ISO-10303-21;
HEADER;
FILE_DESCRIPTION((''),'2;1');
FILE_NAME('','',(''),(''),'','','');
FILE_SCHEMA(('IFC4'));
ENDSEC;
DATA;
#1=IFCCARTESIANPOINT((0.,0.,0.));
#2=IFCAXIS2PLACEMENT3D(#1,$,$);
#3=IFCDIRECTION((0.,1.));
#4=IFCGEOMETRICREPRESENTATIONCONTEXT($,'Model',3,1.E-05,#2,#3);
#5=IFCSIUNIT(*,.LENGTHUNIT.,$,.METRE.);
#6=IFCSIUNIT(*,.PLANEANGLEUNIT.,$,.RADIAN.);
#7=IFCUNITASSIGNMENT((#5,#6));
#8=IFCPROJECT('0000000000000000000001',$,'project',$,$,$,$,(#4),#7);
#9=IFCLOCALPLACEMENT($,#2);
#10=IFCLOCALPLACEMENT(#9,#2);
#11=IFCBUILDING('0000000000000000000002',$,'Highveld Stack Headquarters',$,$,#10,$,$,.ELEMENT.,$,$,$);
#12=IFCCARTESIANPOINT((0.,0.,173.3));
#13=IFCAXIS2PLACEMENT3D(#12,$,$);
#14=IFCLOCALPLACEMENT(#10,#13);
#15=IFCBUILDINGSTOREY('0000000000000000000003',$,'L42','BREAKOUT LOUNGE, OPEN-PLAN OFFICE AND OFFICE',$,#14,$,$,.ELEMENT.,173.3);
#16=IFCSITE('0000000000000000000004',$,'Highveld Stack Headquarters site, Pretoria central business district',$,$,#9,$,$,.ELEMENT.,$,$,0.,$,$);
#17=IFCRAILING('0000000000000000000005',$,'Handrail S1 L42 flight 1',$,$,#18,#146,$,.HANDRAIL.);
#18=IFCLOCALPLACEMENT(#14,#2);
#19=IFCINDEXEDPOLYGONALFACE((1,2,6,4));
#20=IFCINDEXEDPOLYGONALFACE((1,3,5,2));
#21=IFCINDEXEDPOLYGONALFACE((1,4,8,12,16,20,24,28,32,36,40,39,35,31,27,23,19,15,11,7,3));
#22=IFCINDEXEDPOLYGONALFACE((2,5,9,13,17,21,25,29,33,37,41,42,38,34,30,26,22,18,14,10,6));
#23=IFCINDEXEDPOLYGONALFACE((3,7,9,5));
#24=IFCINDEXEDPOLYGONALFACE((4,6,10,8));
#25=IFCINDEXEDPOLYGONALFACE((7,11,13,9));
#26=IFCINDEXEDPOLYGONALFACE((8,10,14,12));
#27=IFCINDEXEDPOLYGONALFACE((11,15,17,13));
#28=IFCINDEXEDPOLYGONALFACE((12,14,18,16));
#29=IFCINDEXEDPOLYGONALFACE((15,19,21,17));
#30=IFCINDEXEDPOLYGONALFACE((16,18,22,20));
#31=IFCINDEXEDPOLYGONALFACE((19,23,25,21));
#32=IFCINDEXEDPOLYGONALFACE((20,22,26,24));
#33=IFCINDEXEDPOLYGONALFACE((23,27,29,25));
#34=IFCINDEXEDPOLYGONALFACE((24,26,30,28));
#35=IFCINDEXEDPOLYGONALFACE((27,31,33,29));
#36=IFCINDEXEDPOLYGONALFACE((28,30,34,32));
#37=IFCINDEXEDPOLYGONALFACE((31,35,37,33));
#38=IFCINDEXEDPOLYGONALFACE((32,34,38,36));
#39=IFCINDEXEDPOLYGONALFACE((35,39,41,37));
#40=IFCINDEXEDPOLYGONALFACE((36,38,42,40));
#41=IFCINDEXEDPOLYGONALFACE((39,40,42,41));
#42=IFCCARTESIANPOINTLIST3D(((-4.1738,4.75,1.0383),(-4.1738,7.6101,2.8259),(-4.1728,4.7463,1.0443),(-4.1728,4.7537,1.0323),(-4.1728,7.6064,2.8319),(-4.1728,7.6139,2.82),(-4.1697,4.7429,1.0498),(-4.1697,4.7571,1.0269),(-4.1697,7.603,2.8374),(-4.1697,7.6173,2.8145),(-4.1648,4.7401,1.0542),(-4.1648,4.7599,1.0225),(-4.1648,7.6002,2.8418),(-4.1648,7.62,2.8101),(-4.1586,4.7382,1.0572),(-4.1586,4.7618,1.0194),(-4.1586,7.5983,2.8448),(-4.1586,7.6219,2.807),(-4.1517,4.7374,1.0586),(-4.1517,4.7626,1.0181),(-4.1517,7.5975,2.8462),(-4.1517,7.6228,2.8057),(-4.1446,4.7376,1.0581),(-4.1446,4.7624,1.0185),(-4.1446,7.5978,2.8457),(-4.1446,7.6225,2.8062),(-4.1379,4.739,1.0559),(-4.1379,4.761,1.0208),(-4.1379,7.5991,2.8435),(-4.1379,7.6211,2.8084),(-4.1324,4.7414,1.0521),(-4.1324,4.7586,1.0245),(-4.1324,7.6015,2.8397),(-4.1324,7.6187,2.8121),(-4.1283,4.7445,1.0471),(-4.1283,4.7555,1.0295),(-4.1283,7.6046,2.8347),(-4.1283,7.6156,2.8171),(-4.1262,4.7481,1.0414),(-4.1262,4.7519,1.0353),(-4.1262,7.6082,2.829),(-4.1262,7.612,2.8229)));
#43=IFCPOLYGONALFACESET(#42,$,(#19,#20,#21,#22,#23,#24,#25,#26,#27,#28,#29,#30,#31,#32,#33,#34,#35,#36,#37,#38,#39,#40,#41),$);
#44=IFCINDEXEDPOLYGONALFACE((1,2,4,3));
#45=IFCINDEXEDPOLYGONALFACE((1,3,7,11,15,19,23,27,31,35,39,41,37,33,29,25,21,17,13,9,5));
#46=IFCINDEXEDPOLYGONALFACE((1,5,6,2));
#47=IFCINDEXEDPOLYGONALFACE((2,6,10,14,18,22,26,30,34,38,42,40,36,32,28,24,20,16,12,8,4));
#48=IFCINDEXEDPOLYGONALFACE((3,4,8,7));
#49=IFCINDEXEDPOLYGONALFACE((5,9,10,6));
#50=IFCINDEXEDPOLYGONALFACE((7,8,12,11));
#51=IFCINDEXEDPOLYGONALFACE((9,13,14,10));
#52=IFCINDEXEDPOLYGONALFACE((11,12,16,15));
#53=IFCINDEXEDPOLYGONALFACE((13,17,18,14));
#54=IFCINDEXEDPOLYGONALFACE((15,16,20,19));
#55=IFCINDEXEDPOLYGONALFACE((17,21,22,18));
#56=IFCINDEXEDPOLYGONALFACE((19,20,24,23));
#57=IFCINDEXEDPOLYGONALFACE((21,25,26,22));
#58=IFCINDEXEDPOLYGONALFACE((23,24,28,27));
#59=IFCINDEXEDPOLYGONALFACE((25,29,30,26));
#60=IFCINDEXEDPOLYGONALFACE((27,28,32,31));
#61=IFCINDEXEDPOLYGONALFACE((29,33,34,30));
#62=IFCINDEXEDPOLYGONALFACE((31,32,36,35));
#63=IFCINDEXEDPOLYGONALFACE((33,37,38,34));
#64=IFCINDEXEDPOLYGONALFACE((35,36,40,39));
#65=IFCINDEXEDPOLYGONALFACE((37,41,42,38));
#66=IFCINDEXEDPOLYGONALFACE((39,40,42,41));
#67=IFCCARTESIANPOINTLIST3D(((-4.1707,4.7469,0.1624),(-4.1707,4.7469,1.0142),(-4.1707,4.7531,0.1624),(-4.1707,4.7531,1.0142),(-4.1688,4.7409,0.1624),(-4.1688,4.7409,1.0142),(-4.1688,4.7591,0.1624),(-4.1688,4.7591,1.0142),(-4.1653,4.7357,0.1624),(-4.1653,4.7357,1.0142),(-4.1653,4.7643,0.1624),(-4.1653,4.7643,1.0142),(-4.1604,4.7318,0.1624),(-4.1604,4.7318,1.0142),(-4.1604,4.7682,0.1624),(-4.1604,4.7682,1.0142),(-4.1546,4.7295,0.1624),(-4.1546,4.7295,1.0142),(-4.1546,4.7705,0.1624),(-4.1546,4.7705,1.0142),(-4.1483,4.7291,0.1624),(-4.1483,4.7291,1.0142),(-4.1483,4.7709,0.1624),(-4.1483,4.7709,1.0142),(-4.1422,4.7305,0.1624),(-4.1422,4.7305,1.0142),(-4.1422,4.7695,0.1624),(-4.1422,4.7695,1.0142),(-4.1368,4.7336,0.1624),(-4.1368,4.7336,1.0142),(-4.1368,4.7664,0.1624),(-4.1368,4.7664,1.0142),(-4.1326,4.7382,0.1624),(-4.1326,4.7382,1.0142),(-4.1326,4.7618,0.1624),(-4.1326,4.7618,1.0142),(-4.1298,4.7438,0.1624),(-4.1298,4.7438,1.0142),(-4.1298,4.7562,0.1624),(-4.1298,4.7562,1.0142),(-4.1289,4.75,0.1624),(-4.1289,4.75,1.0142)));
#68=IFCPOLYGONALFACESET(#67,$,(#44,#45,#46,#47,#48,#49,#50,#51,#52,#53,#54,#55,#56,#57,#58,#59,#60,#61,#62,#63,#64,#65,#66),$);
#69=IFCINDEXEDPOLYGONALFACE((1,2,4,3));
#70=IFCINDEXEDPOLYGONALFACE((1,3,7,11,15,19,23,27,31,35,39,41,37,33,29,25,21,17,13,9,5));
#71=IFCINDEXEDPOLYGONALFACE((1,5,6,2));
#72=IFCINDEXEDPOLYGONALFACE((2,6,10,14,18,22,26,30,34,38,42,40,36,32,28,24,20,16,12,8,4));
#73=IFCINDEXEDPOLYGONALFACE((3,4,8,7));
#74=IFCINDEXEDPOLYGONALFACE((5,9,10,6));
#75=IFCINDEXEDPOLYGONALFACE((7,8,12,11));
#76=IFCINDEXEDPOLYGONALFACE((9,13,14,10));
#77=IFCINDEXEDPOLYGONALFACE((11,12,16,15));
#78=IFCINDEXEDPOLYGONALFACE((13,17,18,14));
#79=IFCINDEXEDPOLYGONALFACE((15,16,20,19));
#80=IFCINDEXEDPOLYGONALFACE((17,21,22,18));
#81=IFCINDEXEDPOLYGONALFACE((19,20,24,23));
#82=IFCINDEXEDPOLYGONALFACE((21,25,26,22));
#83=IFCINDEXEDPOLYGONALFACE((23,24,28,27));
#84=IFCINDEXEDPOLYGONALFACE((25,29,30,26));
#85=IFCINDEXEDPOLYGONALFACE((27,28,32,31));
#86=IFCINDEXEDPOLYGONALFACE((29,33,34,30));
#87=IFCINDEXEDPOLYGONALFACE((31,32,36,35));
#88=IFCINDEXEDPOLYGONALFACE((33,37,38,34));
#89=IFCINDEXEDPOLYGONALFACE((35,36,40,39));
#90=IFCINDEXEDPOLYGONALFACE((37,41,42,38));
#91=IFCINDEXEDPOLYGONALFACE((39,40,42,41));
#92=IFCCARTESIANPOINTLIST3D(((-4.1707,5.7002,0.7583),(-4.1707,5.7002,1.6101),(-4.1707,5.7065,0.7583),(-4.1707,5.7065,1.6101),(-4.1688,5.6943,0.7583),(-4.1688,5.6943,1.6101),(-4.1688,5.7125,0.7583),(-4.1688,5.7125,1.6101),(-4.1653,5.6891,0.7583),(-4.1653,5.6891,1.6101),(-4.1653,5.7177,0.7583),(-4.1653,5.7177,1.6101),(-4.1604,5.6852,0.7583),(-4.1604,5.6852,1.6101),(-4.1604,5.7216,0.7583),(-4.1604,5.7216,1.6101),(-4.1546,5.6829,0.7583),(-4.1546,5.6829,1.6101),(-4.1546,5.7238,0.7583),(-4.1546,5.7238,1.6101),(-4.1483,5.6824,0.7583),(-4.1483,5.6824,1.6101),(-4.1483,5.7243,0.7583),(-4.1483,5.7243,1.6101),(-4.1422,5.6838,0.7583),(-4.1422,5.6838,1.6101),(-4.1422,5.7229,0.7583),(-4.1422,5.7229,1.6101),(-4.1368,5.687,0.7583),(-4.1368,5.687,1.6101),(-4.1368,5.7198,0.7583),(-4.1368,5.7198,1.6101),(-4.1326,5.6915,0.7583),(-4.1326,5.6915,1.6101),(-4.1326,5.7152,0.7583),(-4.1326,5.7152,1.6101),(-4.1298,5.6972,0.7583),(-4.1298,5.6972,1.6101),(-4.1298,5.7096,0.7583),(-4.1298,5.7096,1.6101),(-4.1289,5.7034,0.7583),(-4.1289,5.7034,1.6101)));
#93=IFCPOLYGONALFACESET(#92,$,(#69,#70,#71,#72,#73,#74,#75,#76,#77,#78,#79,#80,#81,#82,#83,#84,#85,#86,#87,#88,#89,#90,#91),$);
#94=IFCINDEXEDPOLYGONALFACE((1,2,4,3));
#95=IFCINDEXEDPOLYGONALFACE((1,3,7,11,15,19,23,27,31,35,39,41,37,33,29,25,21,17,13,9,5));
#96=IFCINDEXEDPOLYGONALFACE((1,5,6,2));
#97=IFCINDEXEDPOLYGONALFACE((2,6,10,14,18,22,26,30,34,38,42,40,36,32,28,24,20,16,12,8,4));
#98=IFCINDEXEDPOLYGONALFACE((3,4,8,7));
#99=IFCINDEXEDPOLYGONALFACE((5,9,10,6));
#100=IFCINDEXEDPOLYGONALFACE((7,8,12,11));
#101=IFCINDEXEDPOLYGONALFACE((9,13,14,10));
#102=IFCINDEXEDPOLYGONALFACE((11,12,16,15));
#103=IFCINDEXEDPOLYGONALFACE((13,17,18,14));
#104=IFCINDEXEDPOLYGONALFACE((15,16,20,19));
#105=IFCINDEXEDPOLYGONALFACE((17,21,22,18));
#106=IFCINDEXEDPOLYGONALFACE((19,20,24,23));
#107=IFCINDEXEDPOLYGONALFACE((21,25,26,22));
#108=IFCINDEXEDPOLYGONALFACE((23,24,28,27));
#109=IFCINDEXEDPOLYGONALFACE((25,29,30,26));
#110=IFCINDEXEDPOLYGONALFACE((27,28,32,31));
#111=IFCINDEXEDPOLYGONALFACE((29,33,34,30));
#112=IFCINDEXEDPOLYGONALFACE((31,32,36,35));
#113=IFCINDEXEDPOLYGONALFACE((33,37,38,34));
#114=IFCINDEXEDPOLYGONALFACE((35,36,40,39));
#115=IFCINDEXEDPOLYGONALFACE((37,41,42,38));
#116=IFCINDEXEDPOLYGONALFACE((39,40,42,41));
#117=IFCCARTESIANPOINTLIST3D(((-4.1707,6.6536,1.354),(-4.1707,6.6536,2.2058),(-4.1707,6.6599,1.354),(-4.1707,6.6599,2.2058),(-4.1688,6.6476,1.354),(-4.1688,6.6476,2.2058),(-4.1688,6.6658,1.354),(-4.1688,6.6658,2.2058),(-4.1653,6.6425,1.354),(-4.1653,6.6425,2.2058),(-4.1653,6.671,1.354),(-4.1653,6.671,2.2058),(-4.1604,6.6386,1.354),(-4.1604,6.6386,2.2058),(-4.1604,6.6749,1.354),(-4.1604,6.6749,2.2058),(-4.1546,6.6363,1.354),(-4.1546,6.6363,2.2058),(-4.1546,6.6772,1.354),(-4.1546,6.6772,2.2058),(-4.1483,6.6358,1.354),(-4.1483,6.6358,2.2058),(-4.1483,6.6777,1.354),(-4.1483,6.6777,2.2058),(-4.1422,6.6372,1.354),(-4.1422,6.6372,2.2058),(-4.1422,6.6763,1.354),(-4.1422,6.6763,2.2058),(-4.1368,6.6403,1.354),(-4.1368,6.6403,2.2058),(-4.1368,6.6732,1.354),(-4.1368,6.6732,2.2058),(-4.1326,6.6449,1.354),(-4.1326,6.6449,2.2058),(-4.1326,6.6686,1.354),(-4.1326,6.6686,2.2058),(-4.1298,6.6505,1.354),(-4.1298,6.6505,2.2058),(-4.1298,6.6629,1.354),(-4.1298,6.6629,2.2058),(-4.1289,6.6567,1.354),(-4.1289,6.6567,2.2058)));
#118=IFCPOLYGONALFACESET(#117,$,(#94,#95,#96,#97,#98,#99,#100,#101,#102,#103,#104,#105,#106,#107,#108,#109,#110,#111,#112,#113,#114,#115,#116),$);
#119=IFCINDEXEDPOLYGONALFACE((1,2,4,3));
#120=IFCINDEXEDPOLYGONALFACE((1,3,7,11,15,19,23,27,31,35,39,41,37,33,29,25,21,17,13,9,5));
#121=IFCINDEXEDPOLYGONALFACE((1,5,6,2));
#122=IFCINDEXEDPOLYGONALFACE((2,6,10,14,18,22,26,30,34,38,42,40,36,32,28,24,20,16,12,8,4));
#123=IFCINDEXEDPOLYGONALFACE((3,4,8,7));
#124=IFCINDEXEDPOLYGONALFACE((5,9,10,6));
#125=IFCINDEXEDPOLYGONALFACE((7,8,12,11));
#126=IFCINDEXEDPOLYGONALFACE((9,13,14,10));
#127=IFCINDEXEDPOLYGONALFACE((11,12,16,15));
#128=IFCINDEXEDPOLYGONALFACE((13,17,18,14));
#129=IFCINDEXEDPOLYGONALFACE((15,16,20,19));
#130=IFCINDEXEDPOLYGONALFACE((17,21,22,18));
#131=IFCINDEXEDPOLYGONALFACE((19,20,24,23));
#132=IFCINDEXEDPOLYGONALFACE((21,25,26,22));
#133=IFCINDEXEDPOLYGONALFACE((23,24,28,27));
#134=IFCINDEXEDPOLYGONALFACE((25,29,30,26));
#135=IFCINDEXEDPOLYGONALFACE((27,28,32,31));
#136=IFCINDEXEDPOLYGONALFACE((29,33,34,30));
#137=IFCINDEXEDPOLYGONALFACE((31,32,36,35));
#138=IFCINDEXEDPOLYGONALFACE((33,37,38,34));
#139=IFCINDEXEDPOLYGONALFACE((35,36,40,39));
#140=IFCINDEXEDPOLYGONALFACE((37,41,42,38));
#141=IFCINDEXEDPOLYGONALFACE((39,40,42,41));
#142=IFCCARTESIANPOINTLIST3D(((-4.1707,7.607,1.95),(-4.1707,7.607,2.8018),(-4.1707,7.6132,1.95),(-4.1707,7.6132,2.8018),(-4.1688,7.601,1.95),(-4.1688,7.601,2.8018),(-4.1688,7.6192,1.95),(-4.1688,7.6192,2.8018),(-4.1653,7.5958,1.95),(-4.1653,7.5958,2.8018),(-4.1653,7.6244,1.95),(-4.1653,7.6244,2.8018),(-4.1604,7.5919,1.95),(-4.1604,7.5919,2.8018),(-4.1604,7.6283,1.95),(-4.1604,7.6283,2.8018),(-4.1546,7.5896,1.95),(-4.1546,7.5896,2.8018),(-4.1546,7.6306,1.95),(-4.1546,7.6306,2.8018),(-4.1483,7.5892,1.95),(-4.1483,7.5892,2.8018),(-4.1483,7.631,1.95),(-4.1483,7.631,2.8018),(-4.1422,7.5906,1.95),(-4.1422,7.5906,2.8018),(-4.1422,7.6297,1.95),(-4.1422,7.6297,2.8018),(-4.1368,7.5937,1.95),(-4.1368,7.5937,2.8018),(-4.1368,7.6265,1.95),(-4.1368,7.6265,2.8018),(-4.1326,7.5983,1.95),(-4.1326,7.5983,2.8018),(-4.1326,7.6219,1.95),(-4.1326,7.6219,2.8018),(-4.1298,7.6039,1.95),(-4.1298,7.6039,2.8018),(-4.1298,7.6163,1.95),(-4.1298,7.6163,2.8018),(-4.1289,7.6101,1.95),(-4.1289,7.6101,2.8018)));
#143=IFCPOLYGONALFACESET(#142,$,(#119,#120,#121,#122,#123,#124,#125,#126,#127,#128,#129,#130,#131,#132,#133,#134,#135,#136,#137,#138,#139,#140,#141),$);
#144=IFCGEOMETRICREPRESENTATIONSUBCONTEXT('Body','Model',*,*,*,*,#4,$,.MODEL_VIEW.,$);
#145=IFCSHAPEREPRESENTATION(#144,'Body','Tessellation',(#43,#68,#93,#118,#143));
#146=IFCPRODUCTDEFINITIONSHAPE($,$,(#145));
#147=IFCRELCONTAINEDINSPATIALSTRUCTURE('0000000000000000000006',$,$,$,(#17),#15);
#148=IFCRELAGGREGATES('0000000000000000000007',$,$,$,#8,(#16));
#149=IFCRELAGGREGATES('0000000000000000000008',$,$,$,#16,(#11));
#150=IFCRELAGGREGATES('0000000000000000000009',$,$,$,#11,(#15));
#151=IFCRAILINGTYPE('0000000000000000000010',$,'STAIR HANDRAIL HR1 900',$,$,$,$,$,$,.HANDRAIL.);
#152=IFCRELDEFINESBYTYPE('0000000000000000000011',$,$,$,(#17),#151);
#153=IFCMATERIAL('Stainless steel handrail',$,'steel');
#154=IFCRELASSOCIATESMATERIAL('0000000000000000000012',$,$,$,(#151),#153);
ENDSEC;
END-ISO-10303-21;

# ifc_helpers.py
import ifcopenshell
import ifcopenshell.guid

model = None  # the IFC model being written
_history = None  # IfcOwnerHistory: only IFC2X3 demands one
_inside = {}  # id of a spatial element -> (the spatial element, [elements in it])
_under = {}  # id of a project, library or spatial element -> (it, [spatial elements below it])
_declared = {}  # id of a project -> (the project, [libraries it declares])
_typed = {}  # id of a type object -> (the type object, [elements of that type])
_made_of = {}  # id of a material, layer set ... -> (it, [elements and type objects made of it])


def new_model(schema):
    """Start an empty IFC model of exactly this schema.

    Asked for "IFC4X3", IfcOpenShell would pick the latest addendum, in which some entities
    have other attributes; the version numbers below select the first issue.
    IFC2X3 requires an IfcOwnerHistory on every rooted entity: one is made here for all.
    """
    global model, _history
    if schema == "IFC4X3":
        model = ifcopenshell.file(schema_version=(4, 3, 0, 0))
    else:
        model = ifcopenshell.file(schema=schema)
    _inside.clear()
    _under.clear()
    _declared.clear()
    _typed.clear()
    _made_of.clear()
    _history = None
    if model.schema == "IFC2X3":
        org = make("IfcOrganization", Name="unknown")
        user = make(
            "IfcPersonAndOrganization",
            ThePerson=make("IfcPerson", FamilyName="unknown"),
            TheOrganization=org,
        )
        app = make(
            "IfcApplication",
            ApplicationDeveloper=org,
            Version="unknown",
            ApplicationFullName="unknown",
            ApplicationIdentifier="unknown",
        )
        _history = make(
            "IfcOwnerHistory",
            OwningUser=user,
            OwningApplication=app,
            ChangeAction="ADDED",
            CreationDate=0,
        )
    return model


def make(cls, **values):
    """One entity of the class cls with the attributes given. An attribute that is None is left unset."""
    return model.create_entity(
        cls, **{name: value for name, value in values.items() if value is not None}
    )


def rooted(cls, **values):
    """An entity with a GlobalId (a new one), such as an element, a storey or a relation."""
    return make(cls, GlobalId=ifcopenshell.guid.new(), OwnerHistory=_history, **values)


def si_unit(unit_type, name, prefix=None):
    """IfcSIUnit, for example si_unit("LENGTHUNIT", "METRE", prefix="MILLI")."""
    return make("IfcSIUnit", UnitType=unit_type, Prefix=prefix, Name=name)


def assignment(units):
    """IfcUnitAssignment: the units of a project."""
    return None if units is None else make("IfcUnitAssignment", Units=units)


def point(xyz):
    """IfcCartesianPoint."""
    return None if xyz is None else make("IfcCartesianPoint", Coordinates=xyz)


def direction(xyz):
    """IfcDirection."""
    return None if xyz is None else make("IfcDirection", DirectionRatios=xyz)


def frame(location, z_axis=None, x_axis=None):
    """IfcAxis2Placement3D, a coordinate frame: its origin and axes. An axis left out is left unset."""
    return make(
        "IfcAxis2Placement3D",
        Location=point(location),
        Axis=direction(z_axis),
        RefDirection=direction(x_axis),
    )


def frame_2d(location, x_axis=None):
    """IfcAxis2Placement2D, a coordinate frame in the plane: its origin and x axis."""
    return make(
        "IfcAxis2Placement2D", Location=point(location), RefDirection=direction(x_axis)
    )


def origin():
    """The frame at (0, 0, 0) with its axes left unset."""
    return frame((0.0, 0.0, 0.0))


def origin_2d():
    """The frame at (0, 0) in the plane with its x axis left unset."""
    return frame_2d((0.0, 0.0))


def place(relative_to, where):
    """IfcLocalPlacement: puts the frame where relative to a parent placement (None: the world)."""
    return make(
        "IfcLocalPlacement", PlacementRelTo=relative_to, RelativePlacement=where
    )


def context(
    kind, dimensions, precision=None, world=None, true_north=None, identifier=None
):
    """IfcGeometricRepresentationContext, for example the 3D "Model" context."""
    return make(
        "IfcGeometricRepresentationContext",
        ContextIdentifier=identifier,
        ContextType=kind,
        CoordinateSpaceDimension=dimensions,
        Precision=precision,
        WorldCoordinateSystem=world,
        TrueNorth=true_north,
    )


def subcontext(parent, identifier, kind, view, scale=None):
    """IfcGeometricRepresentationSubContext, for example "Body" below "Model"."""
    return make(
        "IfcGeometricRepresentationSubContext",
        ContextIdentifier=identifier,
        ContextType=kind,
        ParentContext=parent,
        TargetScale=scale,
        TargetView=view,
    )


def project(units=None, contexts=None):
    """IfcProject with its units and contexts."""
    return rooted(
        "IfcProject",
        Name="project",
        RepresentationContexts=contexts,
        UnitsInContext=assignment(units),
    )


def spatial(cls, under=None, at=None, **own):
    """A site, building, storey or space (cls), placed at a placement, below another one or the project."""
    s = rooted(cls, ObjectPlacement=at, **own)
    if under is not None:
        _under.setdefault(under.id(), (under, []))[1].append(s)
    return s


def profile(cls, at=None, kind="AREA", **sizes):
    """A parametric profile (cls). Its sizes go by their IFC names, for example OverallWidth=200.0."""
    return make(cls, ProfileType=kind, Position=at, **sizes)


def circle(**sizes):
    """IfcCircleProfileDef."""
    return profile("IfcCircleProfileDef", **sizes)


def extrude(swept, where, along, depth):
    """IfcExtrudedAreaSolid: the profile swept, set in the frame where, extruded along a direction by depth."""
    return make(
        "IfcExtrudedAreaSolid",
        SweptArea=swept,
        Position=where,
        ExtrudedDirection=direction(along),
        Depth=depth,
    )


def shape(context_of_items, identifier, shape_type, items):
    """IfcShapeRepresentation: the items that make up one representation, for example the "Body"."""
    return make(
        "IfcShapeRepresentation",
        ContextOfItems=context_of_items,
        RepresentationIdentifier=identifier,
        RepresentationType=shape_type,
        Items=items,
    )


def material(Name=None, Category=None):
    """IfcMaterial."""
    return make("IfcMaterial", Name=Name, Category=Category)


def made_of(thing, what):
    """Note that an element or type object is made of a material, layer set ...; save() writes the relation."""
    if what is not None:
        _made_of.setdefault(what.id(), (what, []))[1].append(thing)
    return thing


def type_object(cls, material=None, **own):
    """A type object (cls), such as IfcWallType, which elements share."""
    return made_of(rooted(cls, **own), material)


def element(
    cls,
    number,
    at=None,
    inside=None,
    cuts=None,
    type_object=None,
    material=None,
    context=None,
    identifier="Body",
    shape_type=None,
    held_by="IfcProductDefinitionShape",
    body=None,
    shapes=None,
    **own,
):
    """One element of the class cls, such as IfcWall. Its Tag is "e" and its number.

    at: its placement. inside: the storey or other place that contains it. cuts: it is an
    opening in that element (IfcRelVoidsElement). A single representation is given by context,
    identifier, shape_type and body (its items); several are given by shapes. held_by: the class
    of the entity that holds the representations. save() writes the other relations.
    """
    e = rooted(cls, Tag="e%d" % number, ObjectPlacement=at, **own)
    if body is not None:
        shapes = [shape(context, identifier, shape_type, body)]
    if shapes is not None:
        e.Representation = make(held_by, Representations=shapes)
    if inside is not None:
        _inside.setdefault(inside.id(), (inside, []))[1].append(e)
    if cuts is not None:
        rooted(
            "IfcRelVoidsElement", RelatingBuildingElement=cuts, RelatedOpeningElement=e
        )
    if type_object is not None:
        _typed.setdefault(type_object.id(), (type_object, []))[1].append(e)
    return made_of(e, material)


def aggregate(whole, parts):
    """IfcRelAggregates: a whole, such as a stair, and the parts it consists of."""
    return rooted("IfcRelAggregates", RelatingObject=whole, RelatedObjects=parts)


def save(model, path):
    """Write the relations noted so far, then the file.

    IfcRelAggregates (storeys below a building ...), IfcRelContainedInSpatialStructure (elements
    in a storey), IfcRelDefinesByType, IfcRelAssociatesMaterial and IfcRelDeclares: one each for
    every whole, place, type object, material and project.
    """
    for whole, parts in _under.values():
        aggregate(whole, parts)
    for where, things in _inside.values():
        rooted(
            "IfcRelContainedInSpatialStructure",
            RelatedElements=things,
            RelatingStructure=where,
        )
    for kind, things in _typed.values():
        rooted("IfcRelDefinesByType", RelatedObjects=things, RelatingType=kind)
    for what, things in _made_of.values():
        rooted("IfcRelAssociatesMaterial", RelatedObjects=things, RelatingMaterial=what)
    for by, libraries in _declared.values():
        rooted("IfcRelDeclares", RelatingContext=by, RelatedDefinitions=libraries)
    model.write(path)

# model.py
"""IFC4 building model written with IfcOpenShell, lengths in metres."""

from ifc_helpers import new_model, si_unit, direction, frame, origin, origin_2d, place, context, subcontext, project, spatial, circle, extrude, material, type_object, element, save


model = new_model("IFC4")

# Units and contexts
model_context = context("Model", 3, precision=1e-05, world=origin(), true_north=direction((0.0, 1.0)))
body_context = subcontext(model_context, "Body", "Model", "MODEL_VIEW")
ifc_project = project(units=[si_unit("LENGTHUNIT", "METRE"), si_unit("PLANEANGLEUNIT", "RADIAN")], contexts=[model_context])

# Site, building, storey
site_placement = place(None, origin())
site = spatial("IfcSite", under=ifc_project, at=site_placement, Name="Highveld Stack Headquarters site, Pretoria central business district", CompositionType="ELEMENT", RefElevation=0.0)
building_placement = place(site_placement, origin())
building = spatial("IfcBuilding", under=site, at=building_placement, Name="Highveld Stack Headquarters", CompositionType="ELEMENT")
storey_placement = place(building_placement, frame((0.0, 0.0, 173.3)))
storey = spatial("IfcBuildingStorey", under=building, at=storey_placement, Name="L42", Description="BREAKOUT LOUNGE, OPEN-PLAN OFFICE AND OFFICE", CompositionType="ELEMENT", Elevation=173.3)

# Railing
ifc_material_1 = material(Name="Stainless steel handrail", Category="steel")
railing_type = type_object("IfcRailingType", Name="STAIR HANDRAIL HR1 900", PredefinedType="HANDRAIL", material=ifc_material_1)
for number, where, name in (
    (1, (-4.1499, 4.75, 0.1624), "Handrail S1 L42 flight 1"),
):
    element("IfcRailing", number, at=place(storey_placement, frame(where)), inside=storey, type_object=railing_type, Name=name, PredefinedType="HANDRAIL", context=body_context, shape_type="SweptSolid", body=[
        extrude(circle(Radius=0.0239, at=origin_2d()), frame((0.0, 0.0, 0.876), z_axis=(0.0, 0.847994, 0.530005), x_axis=(-1.0, 0.0, 0.0)), (0.0, 0.0, 1.0), 3.3728),
        extrude(circle(Radius=0.021, at=origin_2d()), origin(), (0.0, 0.0, 1.0), 0.8518),
        extrude(circle(Radius=0.021, at=origin_2d()), frame((0.0, 0.9534, 0.5959)), (0.0, 0.0, 1.0), 0.8518),
        extrude(circle(Radius=0.021, at=origin_2d()), frame((0.0, 1.9067, 1.1917)), (0.0, 0.0, 1.0), 0.8518),
        extrude(circle(Radius=0.021, at=origin_2d()), frame((0.0, 2.8601, 1.7876)), (0.0, 0.0, 1.0), 0.8518),
    ])

save(model, "model.ifc")
